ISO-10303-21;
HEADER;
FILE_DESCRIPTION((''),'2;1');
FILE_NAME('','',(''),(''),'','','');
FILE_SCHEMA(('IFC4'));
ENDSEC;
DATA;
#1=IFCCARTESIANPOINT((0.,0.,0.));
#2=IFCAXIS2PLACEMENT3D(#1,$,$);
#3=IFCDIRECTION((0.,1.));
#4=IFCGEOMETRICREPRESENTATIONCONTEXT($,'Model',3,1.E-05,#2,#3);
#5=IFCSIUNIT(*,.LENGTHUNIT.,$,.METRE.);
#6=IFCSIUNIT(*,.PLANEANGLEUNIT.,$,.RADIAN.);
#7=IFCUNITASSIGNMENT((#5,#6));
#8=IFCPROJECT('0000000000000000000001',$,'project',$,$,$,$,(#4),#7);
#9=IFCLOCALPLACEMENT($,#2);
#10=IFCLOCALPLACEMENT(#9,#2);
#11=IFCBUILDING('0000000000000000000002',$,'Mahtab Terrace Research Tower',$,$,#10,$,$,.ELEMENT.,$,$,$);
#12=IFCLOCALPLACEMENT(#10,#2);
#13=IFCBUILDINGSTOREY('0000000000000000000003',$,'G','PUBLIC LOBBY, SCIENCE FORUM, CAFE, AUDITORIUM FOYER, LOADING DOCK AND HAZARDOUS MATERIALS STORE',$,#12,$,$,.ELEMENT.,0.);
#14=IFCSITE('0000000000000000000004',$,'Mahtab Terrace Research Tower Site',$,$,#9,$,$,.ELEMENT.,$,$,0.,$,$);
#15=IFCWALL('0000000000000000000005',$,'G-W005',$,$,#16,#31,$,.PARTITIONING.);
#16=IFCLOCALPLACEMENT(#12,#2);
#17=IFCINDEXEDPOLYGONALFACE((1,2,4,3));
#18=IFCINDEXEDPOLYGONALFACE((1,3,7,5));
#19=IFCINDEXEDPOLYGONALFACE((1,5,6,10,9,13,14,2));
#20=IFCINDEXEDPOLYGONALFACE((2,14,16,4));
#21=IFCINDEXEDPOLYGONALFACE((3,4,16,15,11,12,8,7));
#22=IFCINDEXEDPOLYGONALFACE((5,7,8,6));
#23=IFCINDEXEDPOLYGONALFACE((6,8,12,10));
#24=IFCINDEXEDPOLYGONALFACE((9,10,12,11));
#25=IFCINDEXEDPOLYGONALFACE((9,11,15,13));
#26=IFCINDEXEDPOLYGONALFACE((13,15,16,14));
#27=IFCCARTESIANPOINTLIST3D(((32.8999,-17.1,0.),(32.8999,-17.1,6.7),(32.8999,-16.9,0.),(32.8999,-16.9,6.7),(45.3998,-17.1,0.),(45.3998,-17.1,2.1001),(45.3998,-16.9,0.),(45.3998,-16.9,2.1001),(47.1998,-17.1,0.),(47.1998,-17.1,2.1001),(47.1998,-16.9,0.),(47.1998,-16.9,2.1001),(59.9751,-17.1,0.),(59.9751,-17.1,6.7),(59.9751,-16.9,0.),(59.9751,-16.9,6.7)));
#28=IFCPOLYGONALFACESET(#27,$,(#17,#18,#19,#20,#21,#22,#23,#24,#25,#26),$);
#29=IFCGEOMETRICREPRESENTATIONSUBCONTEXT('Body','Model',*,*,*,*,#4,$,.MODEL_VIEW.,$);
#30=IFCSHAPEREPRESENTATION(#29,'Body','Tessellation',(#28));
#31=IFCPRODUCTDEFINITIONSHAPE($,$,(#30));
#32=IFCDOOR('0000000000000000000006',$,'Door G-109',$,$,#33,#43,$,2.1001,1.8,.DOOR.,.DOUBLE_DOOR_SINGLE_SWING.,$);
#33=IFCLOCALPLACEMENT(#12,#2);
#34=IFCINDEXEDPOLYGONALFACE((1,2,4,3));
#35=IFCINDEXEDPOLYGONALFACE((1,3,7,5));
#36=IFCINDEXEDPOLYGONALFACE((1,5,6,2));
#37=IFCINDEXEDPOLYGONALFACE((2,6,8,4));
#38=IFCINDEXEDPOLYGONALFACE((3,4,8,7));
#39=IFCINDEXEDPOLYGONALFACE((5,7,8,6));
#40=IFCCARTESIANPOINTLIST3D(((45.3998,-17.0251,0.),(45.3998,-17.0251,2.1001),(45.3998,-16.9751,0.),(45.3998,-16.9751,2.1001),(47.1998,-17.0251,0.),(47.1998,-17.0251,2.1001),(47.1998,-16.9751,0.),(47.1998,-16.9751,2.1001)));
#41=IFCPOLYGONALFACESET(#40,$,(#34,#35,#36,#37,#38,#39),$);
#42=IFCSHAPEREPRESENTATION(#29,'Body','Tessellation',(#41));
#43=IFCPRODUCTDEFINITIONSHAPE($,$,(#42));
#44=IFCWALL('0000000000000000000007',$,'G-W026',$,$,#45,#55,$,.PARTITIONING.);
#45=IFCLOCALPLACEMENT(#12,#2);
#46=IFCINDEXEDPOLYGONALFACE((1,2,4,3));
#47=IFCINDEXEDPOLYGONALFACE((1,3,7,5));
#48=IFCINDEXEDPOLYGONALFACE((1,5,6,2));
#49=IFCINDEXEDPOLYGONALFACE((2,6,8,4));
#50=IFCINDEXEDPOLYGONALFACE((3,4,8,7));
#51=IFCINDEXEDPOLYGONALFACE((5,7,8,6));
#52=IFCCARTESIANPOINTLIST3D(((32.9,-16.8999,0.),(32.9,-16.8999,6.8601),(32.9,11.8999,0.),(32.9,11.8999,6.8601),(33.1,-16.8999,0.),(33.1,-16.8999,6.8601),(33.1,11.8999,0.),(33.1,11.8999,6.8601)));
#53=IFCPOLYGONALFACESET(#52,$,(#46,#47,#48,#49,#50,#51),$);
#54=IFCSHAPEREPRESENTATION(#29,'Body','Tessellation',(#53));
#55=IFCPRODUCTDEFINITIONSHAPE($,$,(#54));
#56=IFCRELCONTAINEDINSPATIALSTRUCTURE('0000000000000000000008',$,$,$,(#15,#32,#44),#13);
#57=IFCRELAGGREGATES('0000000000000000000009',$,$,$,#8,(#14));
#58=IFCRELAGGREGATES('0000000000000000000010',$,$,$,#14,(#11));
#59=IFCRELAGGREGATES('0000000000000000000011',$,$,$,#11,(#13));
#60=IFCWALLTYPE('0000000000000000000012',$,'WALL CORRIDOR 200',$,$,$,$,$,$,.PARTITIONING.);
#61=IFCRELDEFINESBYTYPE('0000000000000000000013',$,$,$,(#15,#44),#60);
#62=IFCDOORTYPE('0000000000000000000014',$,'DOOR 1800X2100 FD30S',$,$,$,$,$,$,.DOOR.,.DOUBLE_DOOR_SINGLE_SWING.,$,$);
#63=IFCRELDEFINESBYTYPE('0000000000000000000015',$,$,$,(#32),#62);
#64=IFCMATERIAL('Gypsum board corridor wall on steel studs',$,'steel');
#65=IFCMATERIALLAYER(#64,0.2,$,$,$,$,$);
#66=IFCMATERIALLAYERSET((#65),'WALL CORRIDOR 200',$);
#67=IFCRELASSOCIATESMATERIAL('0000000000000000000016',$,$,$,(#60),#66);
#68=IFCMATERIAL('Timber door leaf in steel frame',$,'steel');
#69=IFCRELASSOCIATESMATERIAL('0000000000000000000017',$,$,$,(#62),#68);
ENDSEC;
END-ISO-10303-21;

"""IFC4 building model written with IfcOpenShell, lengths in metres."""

from ifc_helpers import new_model, si_unit, direction, frame, frame_2d, origin, place, context, subcontext, project, spatial, rectangle, extrude, material, layer, layer_set, type_object, element, fill, save


model = new_model("IFC4")

# Units and contexts
model_context = context("Model", 3, precision=1e-05, world=origin(), true_north=direction((0.0, 1.0)))
body_context = subcontext(model_context, "Body", "Model", "MODEL_VIEW")
ifc_project = project(units=[si_unit("LENGTHUNIT", "METRE"), si_unit("PLANEANGLEUNIT", "RADIAN")], contexts=[model_context])

# Site, building, storey
site_placement = place(None, origin())
site = spatial("IfcSite", under=ifc_project, at=site_placement, Name="Mahtab Terrace Research Tower Site", CompositionType="ELEMENT", RefElevation=0.0)
building_placement = place(site_placement, origin())
building = spatial("IfcBuilding", under=site, at=building_placement, Name="Mahtab Terrace Research Tower", CompositionType="ELEMENT")
storey_placement = place(building_placement, origin())
storey = spatial("IfcBuildingStorey", under=building, at=storey_placement, Name="G", Description="PUBLIC LOBBY, SCIENCE FORUM, CAFE, AUDITORIUM FOYER, LOADING DOCK AND HAZARDOUS MATERIALS STORE", CompositionType="ELEMENT", Elevation=0.0)

# Wall, opening, door
ifc_material_1 = material(Name="Gypsum board corridor wall on steel studs", Category="steel")
ifc_layer_1 = layer(ifc_material_1, 0.2)
ifc_layer_set_1 = layer_set([ifc_layer_1], Name="WALL CORRIDOR 200")
wall_type_1 = type_object("IfcWallType", Name="WALL CORRIDOR 200", PredefinedType="PARTITIONING", material=ifc_layer_set_1)
wall_1_placement = place(storey_placement, frame((32.8999, -17.0, 0.0), z_axis=(0.0, 0.0, 1.0), x_axis=(1.0, 0.0, 0.0)))
wall_1 = element("IfcWall", 1, at=wall_1_placement, inside=storey, type_object=wall_type_1, Name="G-W005", PredefinedType="PARTITIONING", context=body_context, shape_type="SweptSolid", body=[
    extrude(rectangle(XDim=27.0752, YDim=0.2, at=frame_2d((13.5376, 0.0))), origin(), (0.0, 0.0, 1.0), 6.7),
])
opening_1_placement = place(wall_1_placement, frame((12.5, 0.0, 0.0)))
opening_1 = element("IfcOpeningElement", 2, at=opening_1_placement, cuts=wall_1, PredefinedType="OPENING", context=body_context, shape_type="SweptSolid", body=[
    extrude(rectangle(XDim=1.8, YDim=2.1001, at=frame_2d((0.8999, 1.05))), frame((0.0, 0.1099, 0.0), z_axis=(0.0, -1.0, 0.0), x_axis=(1.0, 0.0, 0.0)), (0.0, 0.0, 1.0), 0.22),
])
ifc_material_2 = material(Name="Timber door leaf in steel frame", Category="steel")
door_type_1 = type_object("IfcDoorType", Name="DOOR 1800X2100 FD30S", OperationType="DOUBLE_DOOR_SINGLE_SWING", PredefinedType="DOOR", material=ifc_material_2)
door_1_placement = place(opening_1_placement, origin())
door_1 = element("IfcDoor", 3, at=door_1_placement, inside=storey, type_object=door_type_1, Name="Door G-109", OperationType="DOUBLE_DOOR_SINGLE_SWING", OverallHeight=2.1001, OverallWidth=1.8, PredefinedType="DOOR", context=body_context, shape_type="SweptSolid", body=[
    extrude(rectangle(XDim=1.8, YDim=2.1001, at=frame_2d((0.8999, 1.05))), frame((0.0, 0.0249, 0.0), z_axis=(0.0, -1.0, 0.0), x_axis=(1.0, 0.0, 0.0)), (0.0, 0.0, 1.0), 0.05),
])
fill(opening_1, door_1)

# Wall
wall_2_placement = place(storey_placement, frame((33.0, -16.8999, 0.0), z_axis=(0.0, 0.0, 1.0), x_axis=(0.0, 1.0, 0.0)))
element("IfcWall", 4, at=wall_2_placement, inside=storey, type_object=wall_type_1, Name="G-W026", PredefinedType="PARTITIONING", context=body_context, shape_type="SweptSolid", body=[
    extrude(rectangle(XDim=28.7998, YDim=0.2, at=frame_2d((14.3999, 0.0))), origin(), (0.0, 0.0, 1.0), 6.8601),
])

save(model, "model.ifc")
